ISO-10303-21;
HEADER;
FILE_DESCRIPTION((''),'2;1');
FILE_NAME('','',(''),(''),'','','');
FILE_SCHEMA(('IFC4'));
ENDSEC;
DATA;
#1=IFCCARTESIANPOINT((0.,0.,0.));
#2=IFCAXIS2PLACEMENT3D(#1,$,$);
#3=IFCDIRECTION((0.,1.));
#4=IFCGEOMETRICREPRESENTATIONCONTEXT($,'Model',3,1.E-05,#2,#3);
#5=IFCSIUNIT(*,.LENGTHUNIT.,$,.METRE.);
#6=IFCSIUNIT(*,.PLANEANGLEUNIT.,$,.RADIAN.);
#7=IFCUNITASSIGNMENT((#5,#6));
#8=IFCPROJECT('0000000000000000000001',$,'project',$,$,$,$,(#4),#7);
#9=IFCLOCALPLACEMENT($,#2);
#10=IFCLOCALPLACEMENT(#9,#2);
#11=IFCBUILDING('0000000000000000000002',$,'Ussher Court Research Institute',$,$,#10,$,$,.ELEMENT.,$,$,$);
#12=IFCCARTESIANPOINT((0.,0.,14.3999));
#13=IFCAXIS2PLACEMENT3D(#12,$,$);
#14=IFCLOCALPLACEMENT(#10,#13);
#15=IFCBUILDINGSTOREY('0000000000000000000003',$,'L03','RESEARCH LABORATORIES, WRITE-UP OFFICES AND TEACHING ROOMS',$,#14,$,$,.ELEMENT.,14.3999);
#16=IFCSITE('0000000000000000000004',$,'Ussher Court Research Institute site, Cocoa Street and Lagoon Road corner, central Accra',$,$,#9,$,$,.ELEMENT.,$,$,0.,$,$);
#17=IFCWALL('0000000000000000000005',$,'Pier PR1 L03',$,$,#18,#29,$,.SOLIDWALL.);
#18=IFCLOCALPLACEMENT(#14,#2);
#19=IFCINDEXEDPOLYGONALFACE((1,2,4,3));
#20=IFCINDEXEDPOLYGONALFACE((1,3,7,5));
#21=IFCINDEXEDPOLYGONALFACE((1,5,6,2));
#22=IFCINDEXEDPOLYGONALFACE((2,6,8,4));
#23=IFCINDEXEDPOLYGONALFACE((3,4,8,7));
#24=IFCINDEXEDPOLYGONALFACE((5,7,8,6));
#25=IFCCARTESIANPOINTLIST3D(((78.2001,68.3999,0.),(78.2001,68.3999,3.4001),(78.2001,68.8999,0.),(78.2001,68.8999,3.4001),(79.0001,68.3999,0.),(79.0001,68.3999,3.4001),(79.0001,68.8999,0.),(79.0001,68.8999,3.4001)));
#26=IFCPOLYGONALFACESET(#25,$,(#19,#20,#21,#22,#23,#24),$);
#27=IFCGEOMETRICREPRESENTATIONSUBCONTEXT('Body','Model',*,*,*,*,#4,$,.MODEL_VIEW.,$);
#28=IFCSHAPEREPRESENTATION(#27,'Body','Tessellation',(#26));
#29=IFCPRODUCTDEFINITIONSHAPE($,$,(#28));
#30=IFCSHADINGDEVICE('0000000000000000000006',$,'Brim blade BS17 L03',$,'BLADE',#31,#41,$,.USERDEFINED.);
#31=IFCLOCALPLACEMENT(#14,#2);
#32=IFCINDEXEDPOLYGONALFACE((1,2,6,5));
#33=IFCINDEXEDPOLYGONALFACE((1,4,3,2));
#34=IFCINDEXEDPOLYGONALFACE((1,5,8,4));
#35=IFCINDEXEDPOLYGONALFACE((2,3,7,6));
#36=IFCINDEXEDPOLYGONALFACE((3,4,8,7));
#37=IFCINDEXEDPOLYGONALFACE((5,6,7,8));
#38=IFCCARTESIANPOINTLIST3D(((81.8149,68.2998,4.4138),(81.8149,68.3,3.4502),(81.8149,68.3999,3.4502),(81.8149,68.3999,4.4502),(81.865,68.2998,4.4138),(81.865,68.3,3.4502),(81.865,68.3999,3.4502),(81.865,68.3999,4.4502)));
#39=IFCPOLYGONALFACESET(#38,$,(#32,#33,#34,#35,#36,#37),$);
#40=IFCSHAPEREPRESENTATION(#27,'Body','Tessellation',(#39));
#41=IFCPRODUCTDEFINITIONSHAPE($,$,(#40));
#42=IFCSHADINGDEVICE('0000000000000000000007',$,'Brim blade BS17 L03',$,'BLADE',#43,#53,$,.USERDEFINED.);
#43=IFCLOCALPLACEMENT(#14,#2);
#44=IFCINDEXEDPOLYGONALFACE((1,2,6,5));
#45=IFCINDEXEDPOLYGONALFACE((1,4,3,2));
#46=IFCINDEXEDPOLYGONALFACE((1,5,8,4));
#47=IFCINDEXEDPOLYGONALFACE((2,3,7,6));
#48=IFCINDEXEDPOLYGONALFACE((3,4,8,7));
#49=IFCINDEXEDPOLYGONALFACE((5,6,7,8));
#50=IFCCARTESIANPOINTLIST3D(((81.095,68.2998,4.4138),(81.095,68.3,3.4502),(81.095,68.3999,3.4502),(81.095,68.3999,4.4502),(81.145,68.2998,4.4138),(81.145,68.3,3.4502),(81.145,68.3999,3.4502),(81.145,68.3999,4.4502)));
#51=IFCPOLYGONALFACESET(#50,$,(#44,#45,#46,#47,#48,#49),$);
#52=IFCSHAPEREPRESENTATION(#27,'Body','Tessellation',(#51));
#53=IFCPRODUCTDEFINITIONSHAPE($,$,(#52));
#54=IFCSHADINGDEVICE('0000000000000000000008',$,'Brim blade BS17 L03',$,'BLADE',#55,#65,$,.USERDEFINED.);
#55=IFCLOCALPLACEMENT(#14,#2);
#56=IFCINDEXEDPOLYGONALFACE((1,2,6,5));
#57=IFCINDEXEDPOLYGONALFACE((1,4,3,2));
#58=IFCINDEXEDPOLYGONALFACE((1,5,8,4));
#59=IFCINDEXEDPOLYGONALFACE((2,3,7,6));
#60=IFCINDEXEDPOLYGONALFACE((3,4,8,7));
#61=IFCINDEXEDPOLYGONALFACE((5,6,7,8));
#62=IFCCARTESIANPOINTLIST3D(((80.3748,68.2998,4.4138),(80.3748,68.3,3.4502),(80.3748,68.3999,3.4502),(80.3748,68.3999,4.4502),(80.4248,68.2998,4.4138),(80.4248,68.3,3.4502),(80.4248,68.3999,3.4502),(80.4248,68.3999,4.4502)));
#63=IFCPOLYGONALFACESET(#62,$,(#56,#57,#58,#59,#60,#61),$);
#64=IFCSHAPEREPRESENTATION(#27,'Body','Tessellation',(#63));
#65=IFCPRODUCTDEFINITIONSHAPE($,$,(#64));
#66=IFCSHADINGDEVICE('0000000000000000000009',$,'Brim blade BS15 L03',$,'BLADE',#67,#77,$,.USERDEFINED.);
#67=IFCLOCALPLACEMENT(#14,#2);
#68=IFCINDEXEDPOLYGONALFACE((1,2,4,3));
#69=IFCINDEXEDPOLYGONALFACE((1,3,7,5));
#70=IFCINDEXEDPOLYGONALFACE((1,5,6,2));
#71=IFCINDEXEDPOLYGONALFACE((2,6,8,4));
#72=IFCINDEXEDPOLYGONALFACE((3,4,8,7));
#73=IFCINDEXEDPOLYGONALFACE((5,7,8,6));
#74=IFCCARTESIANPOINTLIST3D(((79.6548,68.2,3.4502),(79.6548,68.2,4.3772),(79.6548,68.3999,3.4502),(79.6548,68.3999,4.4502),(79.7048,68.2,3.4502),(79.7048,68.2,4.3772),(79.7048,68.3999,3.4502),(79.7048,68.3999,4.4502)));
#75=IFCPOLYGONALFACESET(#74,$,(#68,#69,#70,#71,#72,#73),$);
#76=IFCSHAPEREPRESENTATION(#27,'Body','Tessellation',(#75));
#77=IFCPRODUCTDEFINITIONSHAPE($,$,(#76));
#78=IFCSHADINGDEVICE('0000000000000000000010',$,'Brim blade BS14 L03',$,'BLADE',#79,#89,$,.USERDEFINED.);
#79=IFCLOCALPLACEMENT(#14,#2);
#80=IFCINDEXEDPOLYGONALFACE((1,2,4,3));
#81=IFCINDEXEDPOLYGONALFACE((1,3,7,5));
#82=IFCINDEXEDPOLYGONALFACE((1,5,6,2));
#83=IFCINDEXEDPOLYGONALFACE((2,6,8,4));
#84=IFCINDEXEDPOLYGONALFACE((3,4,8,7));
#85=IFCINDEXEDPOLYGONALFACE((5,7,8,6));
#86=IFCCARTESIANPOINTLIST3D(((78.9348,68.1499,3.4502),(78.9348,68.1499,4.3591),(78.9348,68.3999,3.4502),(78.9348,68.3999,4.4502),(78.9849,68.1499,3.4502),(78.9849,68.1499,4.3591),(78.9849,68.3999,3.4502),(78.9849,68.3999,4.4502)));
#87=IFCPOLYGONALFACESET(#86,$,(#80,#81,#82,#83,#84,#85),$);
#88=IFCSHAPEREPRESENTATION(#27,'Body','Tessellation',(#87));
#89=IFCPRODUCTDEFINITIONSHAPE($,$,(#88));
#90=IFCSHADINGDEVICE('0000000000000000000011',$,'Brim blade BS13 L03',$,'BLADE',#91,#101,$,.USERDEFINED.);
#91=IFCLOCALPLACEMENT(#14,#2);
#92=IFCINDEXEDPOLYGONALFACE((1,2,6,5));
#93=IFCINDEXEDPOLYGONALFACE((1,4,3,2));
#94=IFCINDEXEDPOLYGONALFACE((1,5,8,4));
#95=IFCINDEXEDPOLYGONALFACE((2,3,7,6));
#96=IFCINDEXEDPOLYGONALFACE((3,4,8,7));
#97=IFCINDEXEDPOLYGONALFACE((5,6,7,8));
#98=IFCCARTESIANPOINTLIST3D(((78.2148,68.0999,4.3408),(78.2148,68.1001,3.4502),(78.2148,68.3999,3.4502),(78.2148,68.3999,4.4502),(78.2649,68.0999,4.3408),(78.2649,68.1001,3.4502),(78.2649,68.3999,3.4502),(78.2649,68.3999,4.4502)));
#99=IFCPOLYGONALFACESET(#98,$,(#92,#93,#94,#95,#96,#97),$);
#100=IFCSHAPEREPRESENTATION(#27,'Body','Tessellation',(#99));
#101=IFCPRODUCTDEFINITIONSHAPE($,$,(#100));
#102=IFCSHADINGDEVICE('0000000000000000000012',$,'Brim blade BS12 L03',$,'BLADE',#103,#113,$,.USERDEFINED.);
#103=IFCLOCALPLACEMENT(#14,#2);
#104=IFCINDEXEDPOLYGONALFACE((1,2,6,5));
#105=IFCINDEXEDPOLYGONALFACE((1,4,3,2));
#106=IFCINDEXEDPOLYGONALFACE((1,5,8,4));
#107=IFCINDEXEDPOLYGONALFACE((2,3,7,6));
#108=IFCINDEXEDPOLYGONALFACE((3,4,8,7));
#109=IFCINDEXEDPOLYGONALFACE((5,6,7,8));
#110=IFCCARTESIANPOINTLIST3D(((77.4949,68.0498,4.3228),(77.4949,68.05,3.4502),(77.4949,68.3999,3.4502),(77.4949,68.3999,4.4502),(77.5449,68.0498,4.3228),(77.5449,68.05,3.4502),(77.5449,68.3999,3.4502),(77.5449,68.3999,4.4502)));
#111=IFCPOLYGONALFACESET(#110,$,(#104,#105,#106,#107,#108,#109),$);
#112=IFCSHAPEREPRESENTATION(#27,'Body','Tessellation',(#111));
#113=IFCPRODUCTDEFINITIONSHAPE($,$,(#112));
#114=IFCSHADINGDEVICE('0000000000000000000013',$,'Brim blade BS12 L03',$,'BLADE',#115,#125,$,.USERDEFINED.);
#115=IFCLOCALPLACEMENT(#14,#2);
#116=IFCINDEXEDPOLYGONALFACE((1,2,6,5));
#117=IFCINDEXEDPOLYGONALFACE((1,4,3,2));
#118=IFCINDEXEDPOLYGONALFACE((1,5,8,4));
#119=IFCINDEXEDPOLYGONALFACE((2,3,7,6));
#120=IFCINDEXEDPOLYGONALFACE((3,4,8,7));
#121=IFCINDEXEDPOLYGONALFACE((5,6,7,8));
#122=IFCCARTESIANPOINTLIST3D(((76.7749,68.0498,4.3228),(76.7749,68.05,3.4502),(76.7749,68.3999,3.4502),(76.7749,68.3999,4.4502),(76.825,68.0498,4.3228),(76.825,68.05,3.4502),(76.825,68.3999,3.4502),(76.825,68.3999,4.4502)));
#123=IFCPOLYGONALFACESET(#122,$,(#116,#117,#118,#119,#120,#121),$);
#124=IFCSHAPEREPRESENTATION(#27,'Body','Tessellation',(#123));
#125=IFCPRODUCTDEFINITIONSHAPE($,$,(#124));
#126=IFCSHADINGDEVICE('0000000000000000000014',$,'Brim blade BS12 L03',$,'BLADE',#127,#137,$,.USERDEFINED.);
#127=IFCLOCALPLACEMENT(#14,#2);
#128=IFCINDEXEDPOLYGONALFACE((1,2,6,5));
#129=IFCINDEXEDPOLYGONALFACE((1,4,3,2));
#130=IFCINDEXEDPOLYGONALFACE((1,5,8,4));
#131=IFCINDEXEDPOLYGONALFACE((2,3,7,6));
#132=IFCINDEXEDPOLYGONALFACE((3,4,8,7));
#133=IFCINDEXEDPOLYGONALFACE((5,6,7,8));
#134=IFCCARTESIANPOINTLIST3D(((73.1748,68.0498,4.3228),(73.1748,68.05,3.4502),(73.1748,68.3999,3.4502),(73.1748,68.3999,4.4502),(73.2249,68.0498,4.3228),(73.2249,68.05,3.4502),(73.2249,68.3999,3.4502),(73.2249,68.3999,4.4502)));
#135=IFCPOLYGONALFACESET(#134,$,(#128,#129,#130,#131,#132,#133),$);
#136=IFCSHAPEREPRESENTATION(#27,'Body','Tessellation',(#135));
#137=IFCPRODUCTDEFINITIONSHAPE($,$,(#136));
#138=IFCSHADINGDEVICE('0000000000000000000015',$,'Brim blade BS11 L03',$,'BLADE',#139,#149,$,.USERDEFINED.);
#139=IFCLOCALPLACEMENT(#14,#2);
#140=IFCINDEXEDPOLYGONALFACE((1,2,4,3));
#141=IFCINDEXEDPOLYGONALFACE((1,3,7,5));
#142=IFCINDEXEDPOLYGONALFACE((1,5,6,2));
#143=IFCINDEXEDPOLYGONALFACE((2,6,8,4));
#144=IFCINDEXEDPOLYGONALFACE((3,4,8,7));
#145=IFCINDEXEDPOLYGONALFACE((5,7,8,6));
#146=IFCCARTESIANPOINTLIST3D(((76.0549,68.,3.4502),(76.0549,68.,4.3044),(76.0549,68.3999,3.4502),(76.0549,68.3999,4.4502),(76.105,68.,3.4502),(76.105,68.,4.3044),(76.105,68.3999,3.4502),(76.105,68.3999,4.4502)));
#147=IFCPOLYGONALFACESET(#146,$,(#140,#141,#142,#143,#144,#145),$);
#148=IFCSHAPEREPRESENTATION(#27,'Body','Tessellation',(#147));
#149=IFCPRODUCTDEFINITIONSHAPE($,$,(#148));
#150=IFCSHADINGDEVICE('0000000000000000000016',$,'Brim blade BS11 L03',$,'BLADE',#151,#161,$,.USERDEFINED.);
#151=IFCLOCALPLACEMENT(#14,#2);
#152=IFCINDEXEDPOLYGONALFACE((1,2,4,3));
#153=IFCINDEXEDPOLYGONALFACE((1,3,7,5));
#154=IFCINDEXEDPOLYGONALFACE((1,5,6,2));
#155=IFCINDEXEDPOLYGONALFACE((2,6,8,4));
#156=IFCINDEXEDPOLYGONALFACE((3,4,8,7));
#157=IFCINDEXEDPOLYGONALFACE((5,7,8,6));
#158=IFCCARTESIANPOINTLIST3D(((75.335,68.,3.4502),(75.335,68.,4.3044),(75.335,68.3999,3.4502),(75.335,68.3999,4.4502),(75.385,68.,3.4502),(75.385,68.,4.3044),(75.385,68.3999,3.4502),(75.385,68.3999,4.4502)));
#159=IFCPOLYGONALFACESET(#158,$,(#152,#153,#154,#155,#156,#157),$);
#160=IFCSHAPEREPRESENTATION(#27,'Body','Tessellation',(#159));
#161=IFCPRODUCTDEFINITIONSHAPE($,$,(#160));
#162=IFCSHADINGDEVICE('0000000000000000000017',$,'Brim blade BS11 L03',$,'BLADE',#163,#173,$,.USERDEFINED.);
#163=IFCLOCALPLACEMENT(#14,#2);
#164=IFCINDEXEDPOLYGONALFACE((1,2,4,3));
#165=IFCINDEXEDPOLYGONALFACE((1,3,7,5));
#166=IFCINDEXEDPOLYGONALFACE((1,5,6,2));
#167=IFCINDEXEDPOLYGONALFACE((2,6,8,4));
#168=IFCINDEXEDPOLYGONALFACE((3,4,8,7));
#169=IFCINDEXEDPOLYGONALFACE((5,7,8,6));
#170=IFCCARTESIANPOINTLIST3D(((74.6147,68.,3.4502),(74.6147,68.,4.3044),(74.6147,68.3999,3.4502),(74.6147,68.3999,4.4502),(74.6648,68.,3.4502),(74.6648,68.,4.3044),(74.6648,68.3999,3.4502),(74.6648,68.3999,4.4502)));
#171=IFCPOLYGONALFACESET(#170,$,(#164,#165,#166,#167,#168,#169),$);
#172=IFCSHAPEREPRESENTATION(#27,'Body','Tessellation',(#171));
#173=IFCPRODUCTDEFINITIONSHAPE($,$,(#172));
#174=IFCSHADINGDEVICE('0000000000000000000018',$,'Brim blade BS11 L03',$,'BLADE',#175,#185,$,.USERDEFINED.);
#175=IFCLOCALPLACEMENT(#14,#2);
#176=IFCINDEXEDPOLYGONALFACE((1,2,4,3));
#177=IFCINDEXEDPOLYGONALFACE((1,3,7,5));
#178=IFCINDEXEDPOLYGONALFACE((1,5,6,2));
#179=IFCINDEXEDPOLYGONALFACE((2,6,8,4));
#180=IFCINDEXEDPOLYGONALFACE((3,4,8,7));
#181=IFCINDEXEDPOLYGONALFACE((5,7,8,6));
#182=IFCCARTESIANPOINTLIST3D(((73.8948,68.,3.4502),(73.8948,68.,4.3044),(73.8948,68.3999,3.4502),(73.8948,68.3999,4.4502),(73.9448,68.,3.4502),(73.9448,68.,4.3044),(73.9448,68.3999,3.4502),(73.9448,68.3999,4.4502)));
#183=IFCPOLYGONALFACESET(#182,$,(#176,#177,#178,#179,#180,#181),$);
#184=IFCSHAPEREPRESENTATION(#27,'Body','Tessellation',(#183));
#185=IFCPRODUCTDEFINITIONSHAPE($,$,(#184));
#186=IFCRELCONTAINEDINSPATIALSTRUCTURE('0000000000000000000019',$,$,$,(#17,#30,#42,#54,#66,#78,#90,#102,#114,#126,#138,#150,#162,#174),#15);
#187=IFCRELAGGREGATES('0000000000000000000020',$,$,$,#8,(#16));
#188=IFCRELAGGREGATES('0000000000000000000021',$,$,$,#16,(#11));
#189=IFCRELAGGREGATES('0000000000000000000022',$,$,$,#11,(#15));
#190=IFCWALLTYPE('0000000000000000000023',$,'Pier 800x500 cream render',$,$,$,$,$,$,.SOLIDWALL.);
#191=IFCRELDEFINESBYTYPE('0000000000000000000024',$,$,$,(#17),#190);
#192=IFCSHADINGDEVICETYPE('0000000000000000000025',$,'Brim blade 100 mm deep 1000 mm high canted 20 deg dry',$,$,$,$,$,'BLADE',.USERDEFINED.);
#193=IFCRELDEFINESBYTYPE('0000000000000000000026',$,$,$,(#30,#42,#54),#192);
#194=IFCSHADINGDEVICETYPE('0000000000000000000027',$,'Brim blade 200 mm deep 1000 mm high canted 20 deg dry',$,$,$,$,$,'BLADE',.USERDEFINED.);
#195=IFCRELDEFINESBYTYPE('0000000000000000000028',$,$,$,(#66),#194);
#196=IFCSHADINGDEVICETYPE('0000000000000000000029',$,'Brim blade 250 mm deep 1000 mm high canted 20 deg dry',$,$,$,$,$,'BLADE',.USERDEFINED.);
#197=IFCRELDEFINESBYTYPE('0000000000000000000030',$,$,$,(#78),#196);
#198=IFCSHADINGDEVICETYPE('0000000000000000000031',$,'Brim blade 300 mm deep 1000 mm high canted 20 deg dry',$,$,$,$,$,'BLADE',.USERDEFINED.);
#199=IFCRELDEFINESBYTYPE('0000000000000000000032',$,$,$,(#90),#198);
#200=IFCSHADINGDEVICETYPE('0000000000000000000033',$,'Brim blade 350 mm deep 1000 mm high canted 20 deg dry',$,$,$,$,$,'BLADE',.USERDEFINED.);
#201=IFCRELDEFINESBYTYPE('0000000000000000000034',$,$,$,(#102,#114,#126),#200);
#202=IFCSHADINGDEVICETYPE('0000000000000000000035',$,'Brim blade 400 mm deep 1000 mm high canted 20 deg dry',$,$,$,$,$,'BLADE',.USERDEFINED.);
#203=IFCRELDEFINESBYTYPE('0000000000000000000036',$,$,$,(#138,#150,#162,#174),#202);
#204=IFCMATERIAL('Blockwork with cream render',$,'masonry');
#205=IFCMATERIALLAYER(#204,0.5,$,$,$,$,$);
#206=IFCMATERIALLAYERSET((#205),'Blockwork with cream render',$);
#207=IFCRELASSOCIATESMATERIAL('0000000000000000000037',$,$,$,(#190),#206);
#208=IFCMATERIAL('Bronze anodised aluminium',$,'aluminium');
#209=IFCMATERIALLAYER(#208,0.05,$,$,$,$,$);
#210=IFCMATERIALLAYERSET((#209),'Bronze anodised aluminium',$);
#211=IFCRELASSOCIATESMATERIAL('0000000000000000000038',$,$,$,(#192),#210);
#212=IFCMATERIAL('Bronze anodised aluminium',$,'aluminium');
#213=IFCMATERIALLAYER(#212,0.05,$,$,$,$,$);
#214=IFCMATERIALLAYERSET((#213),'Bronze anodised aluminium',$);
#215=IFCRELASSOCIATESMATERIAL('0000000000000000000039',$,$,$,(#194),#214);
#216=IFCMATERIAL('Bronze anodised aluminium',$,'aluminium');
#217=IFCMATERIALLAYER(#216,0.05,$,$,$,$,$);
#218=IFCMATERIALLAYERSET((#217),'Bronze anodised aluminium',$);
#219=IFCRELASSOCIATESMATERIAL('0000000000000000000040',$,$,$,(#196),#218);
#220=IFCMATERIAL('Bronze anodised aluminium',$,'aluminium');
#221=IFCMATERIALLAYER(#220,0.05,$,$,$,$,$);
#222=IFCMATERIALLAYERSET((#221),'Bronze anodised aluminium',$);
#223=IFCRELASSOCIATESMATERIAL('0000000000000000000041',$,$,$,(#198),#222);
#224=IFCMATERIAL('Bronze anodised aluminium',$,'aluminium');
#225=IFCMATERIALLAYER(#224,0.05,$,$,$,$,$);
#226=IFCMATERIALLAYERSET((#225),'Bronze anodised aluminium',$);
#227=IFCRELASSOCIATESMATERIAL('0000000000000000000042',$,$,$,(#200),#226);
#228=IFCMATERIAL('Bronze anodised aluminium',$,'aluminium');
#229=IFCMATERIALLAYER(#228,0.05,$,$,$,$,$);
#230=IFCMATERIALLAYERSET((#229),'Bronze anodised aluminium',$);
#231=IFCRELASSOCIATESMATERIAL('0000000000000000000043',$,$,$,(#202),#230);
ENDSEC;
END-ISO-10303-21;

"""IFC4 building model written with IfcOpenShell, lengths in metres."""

from ifc_helpers import new_model, si_unit, direction, frame, frame_2d, origin, place, context, subcontext, project, spatial, polyline, rectangle, outline, extrude, material, layer, layer_set, type_object, element, save


model = new_model("IFC4")

# Units and contexts
model_context = context("Model", 3, precision=1e-05, world=origin(), true_north=direction((0.0, 1.0)))
body_context = subcontext(model_context, "Body", "Model", "MODEL_VIEW")
ifc_project = project(units=[si_unit("LENGTHUNIT", "METRE"), si_unit("PLANEANGLEUNIT", "RADIAN")], contexts=[model_context])

# Site, building, storey
site_placement = place(None, origin())
site = spatial("IfcSite", under=ifc_project, at=site_placement, Name="Ussher Court Research Institute site, Cocoa Street and Lagoon Road corner, central Accra", CompositionType="ELEMENT", RefElevation=0.0)
building_placement = place(site_placement, origin())
building = spatial("IfcBuilding", under=site, at=building_placement, Name="Ussher Court Research Institute", CompositionType="ELEMENT")
storey_placement = place(building_placement, frame((0.0, 0.0, 14.3999)))
storey = spatial("IfcBuildingStorey", under=building, at=storey_placement, Name="L03", Description="RESEARCH LABORATORIES, WRITE-UP OFFICES AND TEACHING ROOMS", CompositionType="ELEMENT", Elevation=14.3999)

# Wall
ifc_material_1 = material(Name="Blockwork with cream render", Category="masonry")
ifc_layer_1 = layer(ifc_material_1, 0.5)
ifc_layer_set_1 = layer_set([ifc_layer_1], Name="Blockwork with cream render")
wall_type_1 = type_object("IfcWallType", Name="Pier 800x500 cream render", PredefinedType="SOLIDWALL", material=ifc_layer_set_1)
wall_1_placement = place(storey_placement, frame((79.0, 68.6499, 0.0), z_axis=(0.0, 0.0, 1.0), x_axis=(-1.0, 0.0, 0.0)))
element("IfcWall", 1, at=wall_1_placement, inside=storey, type_object=wall_type_1, Name="Pier PR1 L03", PredefinedType="SOLIDWALL", context=body_context, shape_type="SweptSolid", body=[
    extrude(rectangle(XDim=0.8, YDim=0.5, at=frame_2d((0.3999, 0.0))), origin(), (0.0, 0.0, 1.0), 3.4001),
])

# Shading devices
ifc_material_2 = material(Name="Bronze anodised aluminium", Category="aluminium")
ifc_layer_2 = layer(ifc_material_2, 0.05)
ifc_layer_set_2 = layer_set([ifc_layer_2], Name="Bronze anodised aluminium")
shading_device_type_1 = type_object("IfcShadingDeviceType", Name="Brim blade 100 mm deep 1000 mm high canted 20 deg dry", ElementType="BLADE", PredefinedType="USERDEFINED", material=ifc_layer_set_2)
for number, where, z_axis, x_axis, name in (
    (2, (81.8401, 68.3999, 3.4502), (0.0, 0.0, 1.0), (0.0, -1.0, 0.0), "Brim blade BS17 L03"),
    (3, (81.1201, 68.3999, 3.4502), (0.0, 0.0, 1.0), (0.0, -1.0, 0.0), "Brim blade BS17 L03"),
    (4, (80.3999, 68.3999, 3.4502), (0.0, 0.0, 1.0), (0.0, -1.0, 0.0), "Brim blade BS17 L03"),
):
    element("IfcShadingDevice", number, at=place(storey_placement, frame(where, z_axis=z_axis, x_axis=x_axis)), inside=storey, type_object=shading_device_type_1, Name=name, ObjectType="BLADE", PredefinedType="USERDEFINED", context=body_context, shape_type="SweptSolid", body=[
        extrude(outline(polyline([(0.0, 0.0), (0.0999, 0.0), (0.1001, 0.9636), (0.0, 1.0), (0.0, 0.0)])), frame((0.0, 0.0249, 0.0), z_axis=(0.0, -1.0, 0.0), x_axis=(1.0, 0.0, 0.0)), (0.0, 0.0, 1.0), 0.05),
    ])
ifc_material_3 = material(Name="Bronze anodised aluminium", Category="aluminium")
ifc_layer_3 = layer(ifc_material_3, 0.05)
ifc_layer_set_3 = layer_set([ifc_layer_3], Name="Bronze anodised aluminium")
shading_device_type_2 = type_object("IfcShadingDeviceType", Name="Brim blade 200 mm deep 1000 mm high canted 20 deg dry", ElementType="BLADE", PredefinedType="USERDEFINED", material=ifc_layer_set_3)
shading_device_1_placement = place(storey_placement, frame((79.6799, 68.3999, 3.4502), z_axis=(0.0, 0.0, 1.0), x_axis=(0.0, -1.0, 0.0)))
element("IfcShadingDevice", 5, at=shading_device_1_placement, inside=storey, type_object=shading_device_type_2, Name="Brim blade BS15 L03", ObjectType="BLADE", PredefinedType="USERDEFINED", context=body_context, shape_type="SweptSolid", body=[
    extrude(outline(polyline([(0.0, 0.0), (0.2, 0.0), (0.2, 0.927), (0.0, 1.0), (0.0, 0.0)])), frame((0.0, 0.0249, 0.0), z_axis=(0.0, -1.0, 0.0), x_axis=(1.0, 0.0, 0.0)), (0.0, 0.0, 1.0), 0.05),
])
ifc_material_4 = material(Name="Bronze anodised aluminium", Category="aluminium")
ifc_layer_4 = layer(ifc_material_4, 0.05)
ifc_layer_set_4 = layer_set([ifc_layer_4], Name="Bronze anodised aluminium")
shading_device_type_3 = type_object("IfcShadingDeviceType", Name="Brim blade 250 mm deep 1000 mm high canted 20 deg dry", ElementType="BLADE", PredefinedType="USERDEFINED", material=ifc_layer_set_4)
shading_device_2_placement = place(storey_placement, frame((78.96, 68.3999, 3.4502), z_axis=(0.0, 0.0, 1.0), x_axis=(0.0, -1.0, 0.0)))
element("IfcShadingDevice", 6, at=shading_device_2_placement, inside=storey, type_object=shading_device_type_3, Name="Brim blade BS14 L03", ObjectType="BLADE", PredefinedType="USERDEFINED", context=body_context, shape_type="SweptSolid", body=[
    extrude(outline(polyline([(0.0, 0.0), (0.25, 0.0), (0.25, 0.9089), (0.0, 1.0), (0.0, 0.0)])), frame((0.0, 0.0249, 0.0), z_axis=(0.0, -1.0, 0.0), x_axis=(1.0, 0.0, 0.0)), (0.0, 0.0, 1.0), 0.05),
])
ifc_material_5 = material(Name="Bronze anodised aluminium", Category="aluminium")
ifc_layer_5 = layer(ifc_material_5, 0.05)
ifc_layer_set_5 = layer_set([ifc_layer_5], Name="Bronze anodised aluminium")
shading_device_type_4 = type_object("IfcShadingDeviceType", Name="Brim blade 300 mm deep 1000 mm high canted 20 deg dry", ElementType="BLADE", PredefinedType="USERDEFINED", material=ifc_layer_set_5)
shading_device_3_placement = place(storey_placement, frame((78.24, 68.3999, 3.4502), z_axis=(0.0, 0.0, 1.0), x_axis=(0.0, -1.0, 0.0)))
element("IfcShadingDevice", 7, at=shading_device_3_placement, inside=storey, type_object=shading_device_type_4, Name="Brim blade BS13 L03", ObjectType="BLADE", PredefinedType="USERDEFINED", context=body_context, shape_type="SweptSolid", body=[
    extrude(outline(polyline([(0.0, 0.0), (0.2998, 0.0), (0.3, 0.8906), (0.0, 1.0), (0.0, 0.0)])), frame((0.0, 0.0249, 0.0), z_axis=(0.0, -1.0, 0.0), x_axis=(1.0, 0.0, 0.0)), (0.0, 0.0, 1.0), 0.05),
])
ifc_material_6 = material(Name="Bronze anodised aluminium", Category="aluminium")
ifc_layer_6 = layer(ifc_material_6, 0.05)
ifc_layer_set_6 = layer_set([ifc_layer_6], Name="Bronze anodised aluminium")
shading_device_type_5 = type_object("IfcShadingDeviceType", Name="Brim blade 350 mm deep 1000 mm high canted 20 deg dry", ElementType="BLADE", PredefinedType="USERDEFINED", material=ifc_layer_set_6)
for number, where, z_axis, x_axis, name in (
    (8, (77.52, 68.3999, 3.4502), (0.0, 0.0, 1.0), (0.0, -1.0, 0.0), "Brim blade BS12 L03"),
    (9, (76.8, 68.3999, 3.4502), (0.0, 0.0, 1.0), (0.0, -1.0, 0.0), "Brim blade BS12 L03"),
    (10, (73.2, 68.3999, 3.4502), (0.0, 0.0, 1.0), (0.0, -1.0, 0.0), "Brim blade BS12 L03"),
):
    element("IfcShadingDevice", number, at=place(storey_placement, frame(where, z_axis=z_axis, x_axis=x_axis)), inside=storey, type_object=shading_device_type_5, Name=name, ObjectType="BLADE", PredefinedType="USERDEFINED", context=body_context, shape_type="SweptSolid", body=[
        extrude(outline(polyline([(0.0, 0.0), (0.3499, 0.0), (0.3501, 0.8726), (0.0, 1.0), (0.0, 0.0)])), frame((0.0, 0.0249, 0.0), z_axis=(0.0, -1.0, 0.0), x_axis=(1.0, 0.0, 0.0)), (0.0, 0.0, 1.0), 0.05),
    ])
ifc_material_7 = material(Name="Bronze anodised aluminium", Category="aluminium")
ifc_layer_7 = layer(ifc_material_7, 0.05)
ifc_layer_set_7 = layer_set([ifc_layer_7], Name="Bronze anodised aluminium")
shading_device_type_6 = type_object("IfcShadingDeviceType", Name="Brim blade 400 mm deep 1000 mm high canted 20 deg dry", ElementType="BLADE", PredefinedType="USERDEFINED", material=ifc_layer_set_7)
for number, where, z_axis, x_axis, name in (
    (11, (76.0801, 68.3999, 3.4502), (0.0, 0.0, 1.0), (0.0, -1.0, 0.0), "Brim blade BS11 L03"),
    (12, (75.3601, 68.3999, 3.4502), (0.0, 0.0, 1.0), (0.0, -1.0, 0.0), "Brim blade BS11 L03"),
    (13, (74.6399, 68.3999, 3.4502), (0.0, 0.0, 1.0), (0.0, -1.0, 0.0), "Brim blade BS11 L03"),
    (14, (73.9199, 68.3999, 3.4502), (0.0, 0.0, 1.0), (0.0, -1.0, 0.0), "Brim blade BS11 L03"),
):
    element("IfcShadingDevice", number, at=place(storey_placement, frame(where, z_axis=z_axis, x_axis=x_axis)), inside=storey, type_object=shading_device_type_6, Name=name, ObjectType="BLADE", PredefinedType="USERDEFINED", context=body_context, shape_type="SweptSolid", body=[
        extrude(outline(polyline([(0.0, 0.0), (0.3999, 0.0), (0.3999, 0.8542), (0.0, 1.0), (0.0, 0.0)])), frame((0.0, 0.0249, 0.0), z_axis=(0.0, -1.0, 0.0), x_axis=(1.0, 0.0, 0.0)), (0.0, 0.0, 1.0), 0.05),
    ])

save(model, "model.ifc")
